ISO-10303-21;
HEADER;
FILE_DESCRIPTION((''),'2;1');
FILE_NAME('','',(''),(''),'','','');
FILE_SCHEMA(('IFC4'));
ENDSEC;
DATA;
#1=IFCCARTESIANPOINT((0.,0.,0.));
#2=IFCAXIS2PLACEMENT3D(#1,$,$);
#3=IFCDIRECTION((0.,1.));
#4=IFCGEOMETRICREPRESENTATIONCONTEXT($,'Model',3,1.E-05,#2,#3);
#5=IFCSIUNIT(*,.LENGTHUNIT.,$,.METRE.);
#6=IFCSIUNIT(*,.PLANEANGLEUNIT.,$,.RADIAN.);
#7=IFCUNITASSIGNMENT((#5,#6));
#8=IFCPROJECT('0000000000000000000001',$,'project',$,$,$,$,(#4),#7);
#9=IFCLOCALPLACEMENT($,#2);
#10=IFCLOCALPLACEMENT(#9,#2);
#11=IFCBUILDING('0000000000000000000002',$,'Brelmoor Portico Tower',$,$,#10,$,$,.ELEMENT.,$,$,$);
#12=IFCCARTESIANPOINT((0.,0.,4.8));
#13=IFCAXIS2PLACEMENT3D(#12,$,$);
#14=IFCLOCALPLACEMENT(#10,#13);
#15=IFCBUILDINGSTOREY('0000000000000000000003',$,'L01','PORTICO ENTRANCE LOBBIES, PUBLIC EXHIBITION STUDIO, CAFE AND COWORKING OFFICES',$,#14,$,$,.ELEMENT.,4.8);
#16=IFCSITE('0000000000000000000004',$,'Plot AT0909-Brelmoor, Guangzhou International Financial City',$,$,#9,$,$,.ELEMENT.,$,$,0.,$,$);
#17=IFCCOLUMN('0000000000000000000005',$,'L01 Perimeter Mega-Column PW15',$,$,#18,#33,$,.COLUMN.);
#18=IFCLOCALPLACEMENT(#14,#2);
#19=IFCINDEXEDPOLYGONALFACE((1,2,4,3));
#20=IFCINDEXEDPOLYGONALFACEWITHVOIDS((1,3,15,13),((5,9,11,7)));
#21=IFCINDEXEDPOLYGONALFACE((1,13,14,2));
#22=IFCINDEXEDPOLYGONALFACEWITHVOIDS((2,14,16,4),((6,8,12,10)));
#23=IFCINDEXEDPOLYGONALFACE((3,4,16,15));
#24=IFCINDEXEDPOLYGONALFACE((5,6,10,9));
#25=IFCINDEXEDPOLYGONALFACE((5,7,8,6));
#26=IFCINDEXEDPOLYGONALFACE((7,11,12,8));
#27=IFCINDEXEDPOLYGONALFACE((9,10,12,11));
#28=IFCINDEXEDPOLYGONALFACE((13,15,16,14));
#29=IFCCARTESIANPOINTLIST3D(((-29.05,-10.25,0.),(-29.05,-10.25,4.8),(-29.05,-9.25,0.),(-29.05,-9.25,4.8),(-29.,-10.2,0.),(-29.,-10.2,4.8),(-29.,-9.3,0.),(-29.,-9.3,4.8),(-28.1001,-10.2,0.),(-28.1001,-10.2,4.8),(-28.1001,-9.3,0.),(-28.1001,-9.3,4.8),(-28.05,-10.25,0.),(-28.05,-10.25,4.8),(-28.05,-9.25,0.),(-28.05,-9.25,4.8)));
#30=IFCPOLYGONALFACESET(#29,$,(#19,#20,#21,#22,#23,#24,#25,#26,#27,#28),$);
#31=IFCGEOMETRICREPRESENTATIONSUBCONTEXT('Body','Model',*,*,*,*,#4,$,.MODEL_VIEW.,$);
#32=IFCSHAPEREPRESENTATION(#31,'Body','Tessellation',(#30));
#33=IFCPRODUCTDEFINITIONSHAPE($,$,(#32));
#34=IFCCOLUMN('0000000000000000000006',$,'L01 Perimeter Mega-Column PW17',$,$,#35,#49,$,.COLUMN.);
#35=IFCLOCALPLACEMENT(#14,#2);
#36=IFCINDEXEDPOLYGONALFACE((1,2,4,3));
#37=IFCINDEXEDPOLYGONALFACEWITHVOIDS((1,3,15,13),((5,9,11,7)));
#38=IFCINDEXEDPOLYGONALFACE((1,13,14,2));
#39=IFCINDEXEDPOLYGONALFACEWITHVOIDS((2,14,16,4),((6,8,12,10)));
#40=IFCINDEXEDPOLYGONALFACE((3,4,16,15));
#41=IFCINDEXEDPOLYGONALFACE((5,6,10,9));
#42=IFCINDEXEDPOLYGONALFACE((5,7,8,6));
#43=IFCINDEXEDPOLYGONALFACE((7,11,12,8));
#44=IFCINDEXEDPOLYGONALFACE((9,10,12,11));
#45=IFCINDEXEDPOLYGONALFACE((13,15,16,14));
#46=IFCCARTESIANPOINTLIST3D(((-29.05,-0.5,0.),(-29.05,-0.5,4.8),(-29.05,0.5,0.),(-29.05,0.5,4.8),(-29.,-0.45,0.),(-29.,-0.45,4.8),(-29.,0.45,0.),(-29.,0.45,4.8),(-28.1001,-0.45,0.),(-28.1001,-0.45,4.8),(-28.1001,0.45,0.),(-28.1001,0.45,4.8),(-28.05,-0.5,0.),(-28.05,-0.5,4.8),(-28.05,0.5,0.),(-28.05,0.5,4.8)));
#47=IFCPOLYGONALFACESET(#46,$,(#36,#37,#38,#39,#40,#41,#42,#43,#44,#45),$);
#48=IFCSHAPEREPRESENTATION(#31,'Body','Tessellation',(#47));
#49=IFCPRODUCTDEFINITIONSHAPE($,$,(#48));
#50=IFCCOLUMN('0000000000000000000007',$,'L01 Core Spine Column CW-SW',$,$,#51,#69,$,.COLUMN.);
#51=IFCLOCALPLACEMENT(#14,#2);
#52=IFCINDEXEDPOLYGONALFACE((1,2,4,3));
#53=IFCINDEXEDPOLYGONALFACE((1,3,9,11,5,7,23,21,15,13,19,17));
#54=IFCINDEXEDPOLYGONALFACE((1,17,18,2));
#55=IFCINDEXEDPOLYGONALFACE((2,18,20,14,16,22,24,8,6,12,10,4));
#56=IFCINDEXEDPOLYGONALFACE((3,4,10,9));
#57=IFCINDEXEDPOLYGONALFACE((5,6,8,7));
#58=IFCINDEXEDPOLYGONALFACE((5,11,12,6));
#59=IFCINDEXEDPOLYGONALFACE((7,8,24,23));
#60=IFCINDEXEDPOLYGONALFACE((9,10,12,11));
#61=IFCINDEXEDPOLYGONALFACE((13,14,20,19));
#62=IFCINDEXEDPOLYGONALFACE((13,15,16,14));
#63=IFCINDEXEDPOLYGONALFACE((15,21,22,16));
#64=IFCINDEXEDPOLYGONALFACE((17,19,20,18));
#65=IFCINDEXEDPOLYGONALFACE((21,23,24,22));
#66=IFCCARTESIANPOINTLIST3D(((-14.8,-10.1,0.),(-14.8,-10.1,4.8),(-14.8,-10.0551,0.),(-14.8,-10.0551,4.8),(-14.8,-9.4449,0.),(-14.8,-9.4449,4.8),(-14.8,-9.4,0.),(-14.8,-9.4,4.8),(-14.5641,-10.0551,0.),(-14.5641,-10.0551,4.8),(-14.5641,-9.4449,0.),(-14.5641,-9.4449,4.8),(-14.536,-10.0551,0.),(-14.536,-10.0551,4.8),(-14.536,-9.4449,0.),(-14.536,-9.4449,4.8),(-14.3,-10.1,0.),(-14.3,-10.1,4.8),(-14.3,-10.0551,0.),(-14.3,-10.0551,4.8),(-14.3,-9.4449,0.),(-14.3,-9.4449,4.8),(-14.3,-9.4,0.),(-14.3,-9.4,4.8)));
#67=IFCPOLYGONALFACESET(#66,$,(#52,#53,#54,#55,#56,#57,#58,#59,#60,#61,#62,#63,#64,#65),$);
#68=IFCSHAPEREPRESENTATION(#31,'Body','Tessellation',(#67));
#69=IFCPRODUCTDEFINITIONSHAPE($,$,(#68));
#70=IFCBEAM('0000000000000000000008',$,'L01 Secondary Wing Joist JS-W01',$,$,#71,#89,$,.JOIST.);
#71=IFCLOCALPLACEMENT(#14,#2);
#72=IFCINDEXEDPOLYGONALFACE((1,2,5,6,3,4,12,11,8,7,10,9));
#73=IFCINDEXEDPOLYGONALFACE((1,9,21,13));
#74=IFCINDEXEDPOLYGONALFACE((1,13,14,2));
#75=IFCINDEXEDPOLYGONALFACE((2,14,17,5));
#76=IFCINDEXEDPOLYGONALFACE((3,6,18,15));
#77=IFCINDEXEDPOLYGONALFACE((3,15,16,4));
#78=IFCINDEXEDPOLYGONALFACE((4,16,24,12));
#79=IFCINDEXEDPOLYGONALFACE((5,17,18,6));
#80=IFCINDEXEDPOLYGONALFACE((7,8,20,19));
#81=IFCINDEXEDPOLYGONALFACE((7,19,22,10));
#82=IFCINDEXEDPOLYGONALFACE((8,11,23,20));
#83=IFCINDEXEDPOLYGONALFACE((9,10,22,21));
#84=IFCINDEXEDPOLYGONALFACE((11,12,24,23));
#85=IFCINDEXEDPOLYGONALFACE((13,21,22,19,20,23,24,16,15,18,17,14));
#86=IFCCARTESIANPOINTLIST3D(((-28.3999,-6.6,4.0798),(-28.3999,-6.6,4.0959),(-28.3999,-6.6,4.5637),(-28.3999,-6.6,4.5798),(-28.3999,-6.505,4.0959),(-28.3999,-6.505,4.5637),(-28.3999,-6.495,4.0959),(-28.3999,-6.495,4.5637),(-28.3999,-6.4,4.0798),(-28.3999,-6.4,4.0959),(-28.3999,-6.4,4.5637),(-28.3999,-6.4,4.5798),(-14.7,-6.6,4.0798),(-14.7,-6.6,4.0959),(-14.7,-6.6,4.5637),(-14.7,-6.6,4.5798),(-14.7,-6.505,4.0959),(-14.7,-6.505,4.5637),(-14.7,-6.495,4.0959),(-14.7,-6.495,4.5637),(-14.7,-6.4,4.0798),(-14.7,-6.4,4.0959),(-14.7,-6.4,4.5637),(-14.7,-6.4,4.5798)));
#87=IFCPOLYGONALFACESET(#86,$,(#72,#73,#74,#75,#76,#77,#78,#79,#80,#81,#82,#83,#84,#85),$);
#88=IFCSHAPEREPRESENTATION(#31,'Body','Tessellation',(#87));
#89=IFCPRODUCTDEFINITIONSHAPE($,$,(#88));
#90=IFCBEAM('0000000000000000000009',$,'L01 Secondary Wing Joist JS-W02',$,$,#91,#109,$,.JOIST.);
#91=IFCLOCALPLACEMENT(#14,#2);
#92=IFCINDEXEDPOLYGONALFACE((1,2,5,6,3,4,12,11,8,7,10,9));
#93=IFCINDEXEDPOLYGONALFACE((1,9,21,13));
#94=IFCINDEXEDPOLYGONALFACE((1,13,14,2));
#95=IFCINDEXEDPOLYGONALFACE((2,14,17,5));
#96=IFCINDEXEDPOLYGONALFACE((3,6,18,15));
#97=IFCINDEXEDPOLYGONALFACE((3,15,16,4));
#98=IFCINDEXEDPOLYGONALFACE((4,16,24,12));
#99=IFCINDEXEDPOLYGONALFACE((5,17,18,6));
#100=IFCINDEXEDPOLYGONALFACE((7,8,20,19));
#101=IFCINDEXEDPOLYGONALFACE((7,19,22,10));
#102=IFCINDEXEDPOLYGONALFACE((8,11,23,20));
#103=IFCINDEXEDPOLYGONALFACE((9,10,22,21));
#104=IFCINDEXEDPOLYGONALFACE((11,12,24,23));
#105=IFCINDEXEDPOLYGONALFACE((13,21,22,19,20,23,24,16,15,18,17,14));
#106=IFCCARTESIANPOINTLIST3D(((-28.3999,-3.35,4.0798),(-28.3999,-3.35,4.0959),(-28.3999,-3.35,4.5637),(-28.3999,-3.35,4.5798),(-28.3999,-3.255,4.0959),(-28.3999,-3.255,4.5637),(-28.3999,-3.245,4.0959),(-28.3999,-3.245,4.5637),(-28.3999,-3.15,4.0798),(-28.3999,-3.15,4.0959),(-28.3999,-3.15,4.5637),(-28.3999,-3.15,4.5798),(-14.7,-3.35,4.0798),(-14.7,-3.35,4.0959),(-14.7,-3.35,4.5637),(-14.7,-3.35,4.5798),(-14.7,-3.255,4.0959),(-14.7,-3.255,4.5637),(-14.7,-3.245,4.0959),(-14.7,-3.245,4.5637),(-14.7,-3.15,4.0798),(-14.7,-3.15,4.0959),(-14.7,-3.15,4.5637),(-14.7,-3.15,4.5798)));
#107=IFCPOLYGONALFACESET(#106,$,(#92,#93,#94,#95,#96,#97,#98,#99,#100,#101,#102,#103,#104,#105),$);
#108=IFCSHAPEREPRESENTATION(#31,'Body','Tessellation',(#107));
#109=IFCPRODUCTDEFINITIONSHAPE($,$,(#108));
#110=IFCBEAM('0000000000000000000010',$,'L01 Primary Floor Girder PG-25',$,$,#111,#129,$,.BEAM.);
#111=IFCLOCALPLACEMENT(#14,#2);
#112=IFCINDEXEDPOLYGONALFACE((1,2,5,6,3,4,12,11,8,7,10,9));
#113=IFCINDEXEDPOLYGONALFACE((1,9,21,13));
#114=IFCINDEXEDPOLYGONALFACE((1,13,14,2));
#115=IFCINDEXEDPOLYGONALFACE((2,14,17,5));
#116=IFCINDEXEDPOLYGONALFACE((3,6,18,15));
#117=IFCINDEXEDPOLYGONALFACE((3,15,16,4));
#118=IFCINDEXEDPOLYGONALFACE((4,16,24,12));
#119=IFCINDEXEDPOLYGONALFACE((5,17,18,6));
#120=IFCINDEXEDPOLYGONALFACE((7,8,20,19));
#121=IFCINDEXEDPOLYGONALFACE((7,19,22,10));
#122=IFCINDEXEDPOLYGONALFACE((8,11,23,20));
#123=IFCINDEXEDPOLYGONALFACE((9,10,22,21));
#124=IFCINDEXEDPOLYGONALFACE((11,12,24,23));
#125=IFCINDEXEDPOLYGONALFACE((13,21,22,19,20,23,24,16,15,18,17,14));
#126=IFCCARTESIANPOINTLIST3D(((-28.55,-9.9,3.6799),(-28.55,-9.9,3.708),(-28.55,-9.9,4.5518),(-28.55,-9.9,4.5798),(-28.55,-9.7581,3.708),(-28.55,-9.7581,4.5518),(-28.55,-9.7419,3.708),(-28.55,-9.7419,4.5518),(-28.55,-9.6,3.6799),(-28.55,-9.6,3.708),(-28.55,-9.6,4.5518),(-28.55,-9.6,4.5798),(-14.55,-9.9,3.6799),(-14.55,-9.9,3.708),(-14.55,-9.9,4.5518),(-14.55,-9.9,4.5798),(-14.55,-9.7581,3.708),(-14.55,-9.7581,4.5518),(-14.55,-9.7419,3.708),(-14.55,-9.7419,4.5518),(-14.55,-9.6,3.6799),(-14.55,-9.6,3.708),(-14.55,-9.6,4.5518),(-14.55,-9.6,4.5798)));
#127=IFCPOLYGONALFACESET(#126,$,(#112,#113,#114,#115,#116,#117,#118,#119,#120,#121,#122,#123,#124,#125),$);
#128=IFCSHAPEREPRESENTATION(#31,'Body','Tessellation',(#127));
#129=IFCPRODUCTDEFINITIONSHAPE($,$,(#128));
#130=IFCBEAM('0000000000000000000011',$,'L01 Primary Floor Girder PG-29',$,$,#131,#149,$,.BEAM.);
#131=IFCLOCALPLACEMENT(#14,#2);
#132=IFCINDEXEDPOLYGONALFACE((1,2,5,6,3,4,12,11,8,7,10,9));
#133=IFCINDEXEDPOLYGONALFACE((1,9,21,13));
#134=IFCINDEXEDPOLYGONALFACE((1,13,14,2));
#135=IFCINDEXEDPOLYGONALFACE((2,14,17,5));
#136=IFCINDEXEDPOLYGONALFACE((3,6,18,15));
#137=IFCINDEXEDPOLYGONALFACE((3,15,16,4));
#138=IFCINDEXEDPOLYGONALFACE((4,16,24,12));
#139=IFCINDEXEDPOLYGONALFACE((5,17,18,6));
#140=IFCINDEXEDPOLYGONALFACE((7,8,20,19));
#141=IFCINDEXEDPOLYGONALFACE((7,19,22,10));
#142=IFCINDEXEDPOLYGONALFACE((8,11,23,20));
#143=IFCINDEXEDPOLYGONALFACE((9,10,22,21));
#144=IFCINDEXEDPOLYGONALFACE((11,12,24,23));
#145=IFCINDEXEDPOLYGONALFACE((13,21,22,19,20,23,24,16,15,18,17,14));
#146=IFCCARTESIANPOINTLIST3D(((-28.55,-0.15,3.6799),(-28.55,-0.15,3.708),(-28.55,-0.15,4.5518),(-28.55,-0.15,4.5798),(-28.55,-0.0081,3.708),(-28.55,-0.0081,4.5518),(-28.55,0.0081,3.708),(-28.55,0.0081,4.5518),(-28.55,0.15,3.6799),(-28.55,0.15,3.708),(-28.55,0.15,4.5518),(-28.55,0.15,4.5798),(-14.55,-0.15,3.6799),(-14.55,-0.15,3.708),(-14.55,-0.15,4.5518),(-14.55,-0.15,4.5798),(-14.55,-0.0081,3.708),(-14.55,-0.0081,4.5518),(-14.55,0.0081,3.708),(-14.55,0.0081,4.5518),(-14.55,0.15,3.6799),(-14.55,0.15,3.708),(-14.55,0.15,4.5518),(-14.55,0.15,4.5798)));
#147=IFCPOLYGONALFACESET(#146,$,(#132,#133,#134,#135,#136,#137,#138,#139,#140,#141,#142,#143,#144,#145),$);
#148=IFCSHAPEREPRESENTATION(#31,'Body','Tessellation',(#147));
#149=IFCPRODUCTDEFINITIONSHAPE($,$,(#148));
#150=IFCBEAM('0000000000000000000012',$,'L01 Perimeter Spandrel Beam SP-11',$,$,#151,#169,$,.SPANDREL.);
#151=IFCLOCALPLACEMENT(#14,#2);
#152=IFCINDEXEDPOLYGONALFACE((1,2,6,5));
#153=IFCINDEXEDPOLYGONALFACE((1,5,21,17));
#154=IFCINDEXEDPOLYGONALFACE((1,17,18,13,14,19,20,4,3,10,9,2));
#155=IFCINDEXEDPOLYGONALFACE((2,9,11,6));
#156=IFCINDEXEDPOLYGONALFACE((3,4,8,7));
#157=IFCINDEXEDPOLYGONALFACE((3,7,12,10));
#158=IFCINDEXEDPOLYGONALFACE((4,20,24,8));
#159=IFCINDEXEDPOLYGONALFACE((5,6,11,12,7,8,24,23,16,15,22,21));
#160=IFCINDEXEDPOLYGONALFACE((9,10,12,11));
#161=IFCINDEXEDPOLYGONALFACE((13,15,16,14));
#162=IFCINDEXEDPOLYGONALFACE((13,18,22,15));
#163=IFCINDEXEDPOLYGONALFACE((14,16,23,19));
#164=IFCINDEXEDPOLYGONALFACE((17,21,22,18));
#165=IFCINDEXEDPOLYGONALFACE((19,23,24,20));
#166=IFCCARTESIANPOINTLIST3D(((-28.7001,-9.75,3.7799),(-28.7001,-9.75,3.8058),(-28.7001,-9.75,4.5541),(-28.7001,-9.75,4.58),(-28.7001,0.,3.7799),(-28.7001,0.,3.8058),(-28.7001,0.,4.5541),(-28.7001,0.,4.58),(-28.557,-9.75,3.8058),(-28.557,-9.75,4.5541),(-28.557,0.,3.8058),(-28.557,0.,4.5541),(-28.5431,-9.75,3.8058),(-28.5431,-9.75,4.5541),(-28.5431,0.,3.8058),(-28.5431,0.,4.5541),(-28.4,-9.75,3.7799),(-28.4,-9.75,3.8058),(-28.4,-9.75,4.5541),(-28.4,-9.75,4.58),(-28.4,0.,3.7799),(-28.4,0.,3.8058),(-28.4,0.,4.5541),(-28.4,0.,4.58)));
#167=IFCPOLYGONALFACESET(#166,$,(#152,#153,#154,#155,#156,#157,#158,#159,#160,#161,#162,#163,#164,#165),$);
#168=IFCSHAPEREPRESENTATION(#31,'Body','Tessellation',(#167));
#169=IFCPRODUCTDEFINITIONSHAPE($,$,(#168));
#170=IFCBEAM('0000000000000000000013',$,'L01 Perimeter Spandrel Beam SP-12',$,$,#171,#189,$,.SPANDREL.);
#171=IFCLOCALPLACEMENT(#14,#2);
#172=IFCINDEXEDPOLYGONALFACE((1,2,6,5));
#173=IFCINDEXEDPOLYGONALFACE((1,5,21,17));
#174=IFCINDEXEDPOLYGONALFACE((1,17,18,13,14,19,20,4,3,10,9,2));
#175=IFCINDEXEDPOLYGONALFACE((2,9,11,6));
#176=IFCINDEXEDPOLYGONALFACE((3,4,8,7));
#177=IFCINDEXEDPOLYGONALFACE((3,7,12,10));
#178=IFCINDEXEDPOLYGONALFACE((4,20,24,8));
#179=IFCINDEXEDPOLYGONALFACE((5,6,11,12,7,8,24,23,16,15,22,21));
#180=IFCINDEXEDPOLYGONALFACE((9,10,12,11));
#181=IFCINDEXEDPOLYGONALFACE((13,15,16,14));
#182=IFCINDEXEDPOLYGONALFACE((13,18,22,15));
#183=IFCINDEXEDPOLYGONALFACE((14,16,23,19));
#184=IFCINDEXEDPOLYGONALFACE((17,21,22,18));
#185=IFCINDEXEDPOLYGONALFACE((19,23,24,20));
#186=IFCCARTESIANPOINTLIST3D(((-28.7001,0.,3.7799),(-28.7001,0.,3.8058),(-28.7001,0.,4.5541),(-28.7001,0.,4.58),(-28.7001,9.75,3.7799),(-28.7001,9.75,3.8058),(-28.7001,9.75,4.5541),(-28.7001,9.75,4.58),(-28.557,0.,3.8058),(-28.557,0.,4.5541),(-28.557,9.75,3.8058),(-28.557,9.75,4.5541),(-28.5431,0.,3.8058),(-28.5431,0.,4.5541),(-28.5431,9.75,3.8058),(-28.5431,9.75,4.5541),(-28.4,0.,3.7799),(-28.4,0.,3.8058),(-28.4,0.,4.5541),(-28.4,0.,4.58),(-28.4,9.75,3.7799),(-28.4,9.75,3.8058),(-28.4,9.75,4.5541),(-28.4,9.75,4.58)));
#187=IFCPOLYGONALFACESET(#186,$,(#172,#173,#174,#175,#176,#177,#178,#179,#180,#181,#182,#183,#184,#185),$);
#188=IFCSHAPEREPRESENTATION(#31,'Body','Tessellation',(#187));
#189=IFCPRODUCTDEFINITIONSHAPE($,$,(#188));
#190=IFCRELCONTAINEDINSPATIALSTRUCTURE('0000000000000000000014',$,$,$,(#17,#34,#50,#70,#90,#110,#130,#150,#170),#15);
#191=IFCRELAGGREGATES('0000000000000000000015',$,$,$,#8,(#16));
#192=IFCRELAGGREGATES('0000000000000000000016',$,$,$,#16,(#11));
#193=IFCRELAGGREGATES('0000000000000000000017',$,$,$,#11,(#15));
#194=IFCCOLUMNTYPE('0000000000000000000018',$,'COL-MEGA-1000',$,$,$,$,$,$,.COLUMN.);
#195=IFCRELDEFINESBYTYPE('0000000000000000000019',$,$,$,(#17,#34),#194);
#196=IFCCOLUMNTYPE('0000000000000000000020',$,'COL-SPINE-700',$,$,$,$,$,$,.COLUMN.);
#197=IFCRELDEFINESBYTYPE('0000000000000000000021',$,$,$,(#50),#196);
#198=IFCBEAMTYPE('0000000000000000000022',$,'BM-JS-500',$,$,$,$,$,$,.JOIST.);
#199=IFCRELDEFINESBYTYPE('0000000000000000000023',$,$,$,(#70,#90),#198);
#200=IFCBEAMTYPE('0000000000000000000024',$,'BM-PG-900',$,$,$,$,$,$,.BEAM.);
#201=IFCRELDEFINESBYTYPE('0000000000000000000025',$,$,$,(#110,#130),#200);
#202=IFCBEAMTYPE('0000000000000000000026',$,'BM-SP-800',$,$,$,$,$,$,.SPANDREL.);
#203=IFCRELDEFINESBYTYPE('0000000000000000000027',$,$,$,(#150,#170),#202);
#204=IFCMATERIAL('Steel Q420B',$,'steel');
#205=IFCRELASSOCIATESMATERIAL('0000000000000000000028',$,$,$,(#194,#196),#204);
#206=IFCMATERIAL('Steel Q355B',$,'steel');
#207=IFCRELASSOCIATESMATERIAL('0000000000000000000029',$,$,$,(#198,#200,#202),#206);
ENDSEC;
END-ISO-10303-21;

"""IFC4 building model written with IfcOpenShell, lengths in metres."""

from ifc_helpers import new_model, si_unit, direction, frame, origin, origin_2d, place, context, subcontext, project, spatial, hollow_rectangle, i_section, extrude, material, material_profile, profile_set, type_object, element, save


model = new_model("IFC4")

# Units and contexts
model_context = context("Model", 3, precision=1e-05, world=origin(), true_north=direction((0.0, 1.0)))
body_context = subcontext(model_context, "Body", "Model", "MODEL_VIEW")
ifc_project = project(units=[si_unit("LENGTHUNIT", "METRE"), si_unit("PLANEANGLEUNIT", "RADIAN")], contexts=[model_context])

# Site, building, storey
site_placement = place(None, origin())
site = spatial("IfcSite", under=ifc_project, at=site_placement, Name="Plot AT0909-Brelmoor, Guangzhou International Financial City", CompositionType="ELEMENT", RefElevation=0.0)
building_placement = place(site_placement, origin())
building = spatial("IfcBuilding", under=site, at=building_placement, Name="Brelmoor Portico Tower", CompositionType="ELEMENT")
storey_placement = place(building_placement, frame((0.0, 0.0, 4.8)))
storey = spatial("IfcBuildingStorey", under=building, at=storey_placement, Name="L01", Description="PORTICO ENTRANCE LOBBIES, PUBLIC EXHIBITION STUDIO, CAFE AND COWORKING OFFICES", CompositionType="ELEMENT", Elevation=4.8)

# Columns
ifc_material_1 = material(Name="Steel Q420B", Category="steel")
ifc_material_profile_1 = material_profile(ifc_material_1, hollow_rectangle(XDim=1.0, YDim=1.0, WallThickness=0.05, at=origin_2d()), Name="BOX 1000x1000x50")
ifc_profile_set_1 = profile_set([ifc_material_profile_1], Name="Steel Q420B")
column_type_1 = type_object("IfcColumnType", Name="COL-MEGA-1000", PredefinedType="COLUMN", material=ifc_profile_set_1)
for number, where, z_axis, x_axis, name in (
    (1, (-28.55, -9.75, 0.0), (0.0, 0.0, 1.0), (0.0, 1.0, 0.0), "L01 Perimeter Mega-Column PW15"),
    (2, (-28.55, 0.0, 0.0), (0.0, 0.0, 1.0), (0.0, 1.0, 0.0), "L01 Perimeter Mega-Column PW17"),
):
    element("IfcColumn", number, at=place(storey_placement, frame(where, z_axis=z_axis, x_axis=x_axis)), inside=storey, type_object=column_type_1, Name=name, PredefinedType="COLUMN", context=body_context, shape_type="SweptSolid", body=[
        extrude(hollow_rectangle(XDim=1.0, YDim=1.0, WallThickness=0.05, at=origin_2d()), origin(), (0.0, 0.0, 1.0), 4.8),
    ])
ifc_material_profile_2 = material_profile(ifc_material_1, i_section(OverallWidth=0.5, OverallDepth=0.7, WebThickness=0.0281, FlangeThickness=0.0449, at=origin_2d()), Name="HW 700x500x28x45")
ifc_profile_set_2 = profile_set([ifc_material_profile_2], Name="Steel Q420B")
column_type_2 = type_object("IfcColumnType", Name="COL-SPINE-700", PredefinedType="COLUMN", material=ifc_profile_set_2)
column_placement = place(storey_placement, frame((-14.55, -9.75, 0.0), z_axis=(0.0, 0.0, 1.0), x_axis=(1.0, 0.0, 0.0)))
element("IfcColumn", 3, at=column_placement, inside=storey, type_object=column_type_2, Name="L01 Core Spine Column CW-SW", PredefinedType="COLUMN", context=body_context, shape_type="SweptSolid", body=[
    extrude(i_section(OverallWidth=0.5, OverallDepth=0.7, WebThickness=0.0281, FlangeThickness=0.0449, at=origin_2d()), origin(), (0.0, 0.0, 1.0), 4.8),
])

# Beams
ifc_material_2 = material(Name="Steel Q355B", Category="steel")
ifc_material_profile_3 = material_profile(ifc_material_2, i_section(OverallWidth=0.2, OverallDepth=0.5, WebThickness=0.01, FlangeThickness=0.0161, at=origin_2d()), Name="HN 500x200x10x16")
ifc_profile_set_3 = profile_set([ifc_material_profile_3], Name="Steel Q355B")
beam_type_1 = type_object("IfcBeamType", Name="BM-JS-500", PredefinedType="JOIST", material=ifc_profile_set_3)
for number, where, z_axis, x_axis, name in (
    (4, (-28.3999, -6.5, 4.3298), (1.0, 0.0, 0.0), (0.0, 1.0, 0.0), "L01 Secondary Wing Joist JS-W01"),
    (5, (-28.3999, -3.25, 4.3298), (1.0, 0.0, 0.0), (0.0, 1.0, 0.0), "L01 Secondary Wing Joist JS-W02"),
):
    element("IfcBeam", number, at=place(storey_placement, frame(where, z_axis=z_axis, x_axis=x_axis)), inside=storey, type_object=beam_type_1, Name=name, PredefinedType="JOIST", context=body_context, shape_type="SweptSolid", body=[
        extrude(i_section(OverallWidth=0.2, OverallDepth=0.5, WebThickness=0.01, FlangeThickness=0.0161, at=origin_2d()), origin(), (0.0, 0.0, 1.0), 13.7),
    ])
ifc_material_profile_4 = material_profile(ifc_material_2, i_section(OverallWidth=0.3, OverallDepth=0.8999, WebThickness=0.0161, FlangeThickness=0.0281, at=origin_2d()), Name="HN 900x300x16x28")
ifc_profile_set_4 = profile_set([ifc_material_profile_4], Name="Steel Q355B")
beam_type_2 = type_object("IfcBeamType", Name="BM-PG-900", PredefinedType="BEAM", material=ifc_profile_set_4)
for number, where, z_axis, x_axis, name in (
    (6, (-28.55, -9.75, 4.1299), (1.0, 0.0, 0.0), (0.0, 1.0, 0.0), "L01 Primary Floor Girder PG-25"),
    (7, (-28.55, 0.0, 4.1299), (1.0, 0.0, 0.0), (0.0, 1.0, 0.0), "L01 Primary Floor Girder PG-29"),
):
    element("IfcBeam", number, at=place(storey_placement, frame(where, z_axis=z_axis, x_axis=x_axis)), inside=storey, type_object=beam_type_2, Name=name, PredefinedType="BEAM", context=body_context, shape_type="SweptSolid", body=[
        extrude(i_section(OverallWidth=0.3, OverallDepth=0.8999, WebThickness=0.0161, FlangeThickness=0.0281, at=origin_2d()), origin(), (0.0, 0.0, 1.0), 14.0),
    ])
ifc_material_profile_5 = material_profile(ifc_material_2, i_section(OverallWidth=0.3, OverallDepth=0.8, WebThickness=0.0139, FlangeThickness=0.0259, at=origin_2d()), Name="HN 800x300x14x26")
ifc_profile_set_5 = profile_set([ifc_material_profile_5], Name="Steel Q355B")
beam_type_3 = type_object("IfcBeamType", Name="BM-SP-800", PredefinedType="SPANDREL", material=ifc_profile_set_5)
for number, where, z_axis, x_axis, name in (
    (8, (-28.55, -9.75, 4.1799), (0.0, 1.0, 0.0), (-1.0, 0.0, 0.0), "L01 Perimeter Spandrel Beam SP-11"),
    (9, (-28.55, 0.0, 4.1799), (0.0, 1.0, 0.0), (-1.0, 0.0, 0.0), "L01 Perimeter Spandrel Beam SP-12"),
):
    element("IfcBeam", number, at=place(storey_placement, frame(where, z_axis=z_axis, x_axis=x_axis)), inside=storey, type_object=beam_type_3, Name=name, PredefinedType="SPANDREL", context=body_context, shape_type="SweptSolid", body=[
        extrude(i_section(OverallWidth=0.3, OverallDepth=0.8, WebThickness=0.0139, FlangeThickness=0.0259, at=origin_2d()), origin(), (0.0, 0.0, 1.0), 9.75),
    ])

save(model, "model.ifc")
